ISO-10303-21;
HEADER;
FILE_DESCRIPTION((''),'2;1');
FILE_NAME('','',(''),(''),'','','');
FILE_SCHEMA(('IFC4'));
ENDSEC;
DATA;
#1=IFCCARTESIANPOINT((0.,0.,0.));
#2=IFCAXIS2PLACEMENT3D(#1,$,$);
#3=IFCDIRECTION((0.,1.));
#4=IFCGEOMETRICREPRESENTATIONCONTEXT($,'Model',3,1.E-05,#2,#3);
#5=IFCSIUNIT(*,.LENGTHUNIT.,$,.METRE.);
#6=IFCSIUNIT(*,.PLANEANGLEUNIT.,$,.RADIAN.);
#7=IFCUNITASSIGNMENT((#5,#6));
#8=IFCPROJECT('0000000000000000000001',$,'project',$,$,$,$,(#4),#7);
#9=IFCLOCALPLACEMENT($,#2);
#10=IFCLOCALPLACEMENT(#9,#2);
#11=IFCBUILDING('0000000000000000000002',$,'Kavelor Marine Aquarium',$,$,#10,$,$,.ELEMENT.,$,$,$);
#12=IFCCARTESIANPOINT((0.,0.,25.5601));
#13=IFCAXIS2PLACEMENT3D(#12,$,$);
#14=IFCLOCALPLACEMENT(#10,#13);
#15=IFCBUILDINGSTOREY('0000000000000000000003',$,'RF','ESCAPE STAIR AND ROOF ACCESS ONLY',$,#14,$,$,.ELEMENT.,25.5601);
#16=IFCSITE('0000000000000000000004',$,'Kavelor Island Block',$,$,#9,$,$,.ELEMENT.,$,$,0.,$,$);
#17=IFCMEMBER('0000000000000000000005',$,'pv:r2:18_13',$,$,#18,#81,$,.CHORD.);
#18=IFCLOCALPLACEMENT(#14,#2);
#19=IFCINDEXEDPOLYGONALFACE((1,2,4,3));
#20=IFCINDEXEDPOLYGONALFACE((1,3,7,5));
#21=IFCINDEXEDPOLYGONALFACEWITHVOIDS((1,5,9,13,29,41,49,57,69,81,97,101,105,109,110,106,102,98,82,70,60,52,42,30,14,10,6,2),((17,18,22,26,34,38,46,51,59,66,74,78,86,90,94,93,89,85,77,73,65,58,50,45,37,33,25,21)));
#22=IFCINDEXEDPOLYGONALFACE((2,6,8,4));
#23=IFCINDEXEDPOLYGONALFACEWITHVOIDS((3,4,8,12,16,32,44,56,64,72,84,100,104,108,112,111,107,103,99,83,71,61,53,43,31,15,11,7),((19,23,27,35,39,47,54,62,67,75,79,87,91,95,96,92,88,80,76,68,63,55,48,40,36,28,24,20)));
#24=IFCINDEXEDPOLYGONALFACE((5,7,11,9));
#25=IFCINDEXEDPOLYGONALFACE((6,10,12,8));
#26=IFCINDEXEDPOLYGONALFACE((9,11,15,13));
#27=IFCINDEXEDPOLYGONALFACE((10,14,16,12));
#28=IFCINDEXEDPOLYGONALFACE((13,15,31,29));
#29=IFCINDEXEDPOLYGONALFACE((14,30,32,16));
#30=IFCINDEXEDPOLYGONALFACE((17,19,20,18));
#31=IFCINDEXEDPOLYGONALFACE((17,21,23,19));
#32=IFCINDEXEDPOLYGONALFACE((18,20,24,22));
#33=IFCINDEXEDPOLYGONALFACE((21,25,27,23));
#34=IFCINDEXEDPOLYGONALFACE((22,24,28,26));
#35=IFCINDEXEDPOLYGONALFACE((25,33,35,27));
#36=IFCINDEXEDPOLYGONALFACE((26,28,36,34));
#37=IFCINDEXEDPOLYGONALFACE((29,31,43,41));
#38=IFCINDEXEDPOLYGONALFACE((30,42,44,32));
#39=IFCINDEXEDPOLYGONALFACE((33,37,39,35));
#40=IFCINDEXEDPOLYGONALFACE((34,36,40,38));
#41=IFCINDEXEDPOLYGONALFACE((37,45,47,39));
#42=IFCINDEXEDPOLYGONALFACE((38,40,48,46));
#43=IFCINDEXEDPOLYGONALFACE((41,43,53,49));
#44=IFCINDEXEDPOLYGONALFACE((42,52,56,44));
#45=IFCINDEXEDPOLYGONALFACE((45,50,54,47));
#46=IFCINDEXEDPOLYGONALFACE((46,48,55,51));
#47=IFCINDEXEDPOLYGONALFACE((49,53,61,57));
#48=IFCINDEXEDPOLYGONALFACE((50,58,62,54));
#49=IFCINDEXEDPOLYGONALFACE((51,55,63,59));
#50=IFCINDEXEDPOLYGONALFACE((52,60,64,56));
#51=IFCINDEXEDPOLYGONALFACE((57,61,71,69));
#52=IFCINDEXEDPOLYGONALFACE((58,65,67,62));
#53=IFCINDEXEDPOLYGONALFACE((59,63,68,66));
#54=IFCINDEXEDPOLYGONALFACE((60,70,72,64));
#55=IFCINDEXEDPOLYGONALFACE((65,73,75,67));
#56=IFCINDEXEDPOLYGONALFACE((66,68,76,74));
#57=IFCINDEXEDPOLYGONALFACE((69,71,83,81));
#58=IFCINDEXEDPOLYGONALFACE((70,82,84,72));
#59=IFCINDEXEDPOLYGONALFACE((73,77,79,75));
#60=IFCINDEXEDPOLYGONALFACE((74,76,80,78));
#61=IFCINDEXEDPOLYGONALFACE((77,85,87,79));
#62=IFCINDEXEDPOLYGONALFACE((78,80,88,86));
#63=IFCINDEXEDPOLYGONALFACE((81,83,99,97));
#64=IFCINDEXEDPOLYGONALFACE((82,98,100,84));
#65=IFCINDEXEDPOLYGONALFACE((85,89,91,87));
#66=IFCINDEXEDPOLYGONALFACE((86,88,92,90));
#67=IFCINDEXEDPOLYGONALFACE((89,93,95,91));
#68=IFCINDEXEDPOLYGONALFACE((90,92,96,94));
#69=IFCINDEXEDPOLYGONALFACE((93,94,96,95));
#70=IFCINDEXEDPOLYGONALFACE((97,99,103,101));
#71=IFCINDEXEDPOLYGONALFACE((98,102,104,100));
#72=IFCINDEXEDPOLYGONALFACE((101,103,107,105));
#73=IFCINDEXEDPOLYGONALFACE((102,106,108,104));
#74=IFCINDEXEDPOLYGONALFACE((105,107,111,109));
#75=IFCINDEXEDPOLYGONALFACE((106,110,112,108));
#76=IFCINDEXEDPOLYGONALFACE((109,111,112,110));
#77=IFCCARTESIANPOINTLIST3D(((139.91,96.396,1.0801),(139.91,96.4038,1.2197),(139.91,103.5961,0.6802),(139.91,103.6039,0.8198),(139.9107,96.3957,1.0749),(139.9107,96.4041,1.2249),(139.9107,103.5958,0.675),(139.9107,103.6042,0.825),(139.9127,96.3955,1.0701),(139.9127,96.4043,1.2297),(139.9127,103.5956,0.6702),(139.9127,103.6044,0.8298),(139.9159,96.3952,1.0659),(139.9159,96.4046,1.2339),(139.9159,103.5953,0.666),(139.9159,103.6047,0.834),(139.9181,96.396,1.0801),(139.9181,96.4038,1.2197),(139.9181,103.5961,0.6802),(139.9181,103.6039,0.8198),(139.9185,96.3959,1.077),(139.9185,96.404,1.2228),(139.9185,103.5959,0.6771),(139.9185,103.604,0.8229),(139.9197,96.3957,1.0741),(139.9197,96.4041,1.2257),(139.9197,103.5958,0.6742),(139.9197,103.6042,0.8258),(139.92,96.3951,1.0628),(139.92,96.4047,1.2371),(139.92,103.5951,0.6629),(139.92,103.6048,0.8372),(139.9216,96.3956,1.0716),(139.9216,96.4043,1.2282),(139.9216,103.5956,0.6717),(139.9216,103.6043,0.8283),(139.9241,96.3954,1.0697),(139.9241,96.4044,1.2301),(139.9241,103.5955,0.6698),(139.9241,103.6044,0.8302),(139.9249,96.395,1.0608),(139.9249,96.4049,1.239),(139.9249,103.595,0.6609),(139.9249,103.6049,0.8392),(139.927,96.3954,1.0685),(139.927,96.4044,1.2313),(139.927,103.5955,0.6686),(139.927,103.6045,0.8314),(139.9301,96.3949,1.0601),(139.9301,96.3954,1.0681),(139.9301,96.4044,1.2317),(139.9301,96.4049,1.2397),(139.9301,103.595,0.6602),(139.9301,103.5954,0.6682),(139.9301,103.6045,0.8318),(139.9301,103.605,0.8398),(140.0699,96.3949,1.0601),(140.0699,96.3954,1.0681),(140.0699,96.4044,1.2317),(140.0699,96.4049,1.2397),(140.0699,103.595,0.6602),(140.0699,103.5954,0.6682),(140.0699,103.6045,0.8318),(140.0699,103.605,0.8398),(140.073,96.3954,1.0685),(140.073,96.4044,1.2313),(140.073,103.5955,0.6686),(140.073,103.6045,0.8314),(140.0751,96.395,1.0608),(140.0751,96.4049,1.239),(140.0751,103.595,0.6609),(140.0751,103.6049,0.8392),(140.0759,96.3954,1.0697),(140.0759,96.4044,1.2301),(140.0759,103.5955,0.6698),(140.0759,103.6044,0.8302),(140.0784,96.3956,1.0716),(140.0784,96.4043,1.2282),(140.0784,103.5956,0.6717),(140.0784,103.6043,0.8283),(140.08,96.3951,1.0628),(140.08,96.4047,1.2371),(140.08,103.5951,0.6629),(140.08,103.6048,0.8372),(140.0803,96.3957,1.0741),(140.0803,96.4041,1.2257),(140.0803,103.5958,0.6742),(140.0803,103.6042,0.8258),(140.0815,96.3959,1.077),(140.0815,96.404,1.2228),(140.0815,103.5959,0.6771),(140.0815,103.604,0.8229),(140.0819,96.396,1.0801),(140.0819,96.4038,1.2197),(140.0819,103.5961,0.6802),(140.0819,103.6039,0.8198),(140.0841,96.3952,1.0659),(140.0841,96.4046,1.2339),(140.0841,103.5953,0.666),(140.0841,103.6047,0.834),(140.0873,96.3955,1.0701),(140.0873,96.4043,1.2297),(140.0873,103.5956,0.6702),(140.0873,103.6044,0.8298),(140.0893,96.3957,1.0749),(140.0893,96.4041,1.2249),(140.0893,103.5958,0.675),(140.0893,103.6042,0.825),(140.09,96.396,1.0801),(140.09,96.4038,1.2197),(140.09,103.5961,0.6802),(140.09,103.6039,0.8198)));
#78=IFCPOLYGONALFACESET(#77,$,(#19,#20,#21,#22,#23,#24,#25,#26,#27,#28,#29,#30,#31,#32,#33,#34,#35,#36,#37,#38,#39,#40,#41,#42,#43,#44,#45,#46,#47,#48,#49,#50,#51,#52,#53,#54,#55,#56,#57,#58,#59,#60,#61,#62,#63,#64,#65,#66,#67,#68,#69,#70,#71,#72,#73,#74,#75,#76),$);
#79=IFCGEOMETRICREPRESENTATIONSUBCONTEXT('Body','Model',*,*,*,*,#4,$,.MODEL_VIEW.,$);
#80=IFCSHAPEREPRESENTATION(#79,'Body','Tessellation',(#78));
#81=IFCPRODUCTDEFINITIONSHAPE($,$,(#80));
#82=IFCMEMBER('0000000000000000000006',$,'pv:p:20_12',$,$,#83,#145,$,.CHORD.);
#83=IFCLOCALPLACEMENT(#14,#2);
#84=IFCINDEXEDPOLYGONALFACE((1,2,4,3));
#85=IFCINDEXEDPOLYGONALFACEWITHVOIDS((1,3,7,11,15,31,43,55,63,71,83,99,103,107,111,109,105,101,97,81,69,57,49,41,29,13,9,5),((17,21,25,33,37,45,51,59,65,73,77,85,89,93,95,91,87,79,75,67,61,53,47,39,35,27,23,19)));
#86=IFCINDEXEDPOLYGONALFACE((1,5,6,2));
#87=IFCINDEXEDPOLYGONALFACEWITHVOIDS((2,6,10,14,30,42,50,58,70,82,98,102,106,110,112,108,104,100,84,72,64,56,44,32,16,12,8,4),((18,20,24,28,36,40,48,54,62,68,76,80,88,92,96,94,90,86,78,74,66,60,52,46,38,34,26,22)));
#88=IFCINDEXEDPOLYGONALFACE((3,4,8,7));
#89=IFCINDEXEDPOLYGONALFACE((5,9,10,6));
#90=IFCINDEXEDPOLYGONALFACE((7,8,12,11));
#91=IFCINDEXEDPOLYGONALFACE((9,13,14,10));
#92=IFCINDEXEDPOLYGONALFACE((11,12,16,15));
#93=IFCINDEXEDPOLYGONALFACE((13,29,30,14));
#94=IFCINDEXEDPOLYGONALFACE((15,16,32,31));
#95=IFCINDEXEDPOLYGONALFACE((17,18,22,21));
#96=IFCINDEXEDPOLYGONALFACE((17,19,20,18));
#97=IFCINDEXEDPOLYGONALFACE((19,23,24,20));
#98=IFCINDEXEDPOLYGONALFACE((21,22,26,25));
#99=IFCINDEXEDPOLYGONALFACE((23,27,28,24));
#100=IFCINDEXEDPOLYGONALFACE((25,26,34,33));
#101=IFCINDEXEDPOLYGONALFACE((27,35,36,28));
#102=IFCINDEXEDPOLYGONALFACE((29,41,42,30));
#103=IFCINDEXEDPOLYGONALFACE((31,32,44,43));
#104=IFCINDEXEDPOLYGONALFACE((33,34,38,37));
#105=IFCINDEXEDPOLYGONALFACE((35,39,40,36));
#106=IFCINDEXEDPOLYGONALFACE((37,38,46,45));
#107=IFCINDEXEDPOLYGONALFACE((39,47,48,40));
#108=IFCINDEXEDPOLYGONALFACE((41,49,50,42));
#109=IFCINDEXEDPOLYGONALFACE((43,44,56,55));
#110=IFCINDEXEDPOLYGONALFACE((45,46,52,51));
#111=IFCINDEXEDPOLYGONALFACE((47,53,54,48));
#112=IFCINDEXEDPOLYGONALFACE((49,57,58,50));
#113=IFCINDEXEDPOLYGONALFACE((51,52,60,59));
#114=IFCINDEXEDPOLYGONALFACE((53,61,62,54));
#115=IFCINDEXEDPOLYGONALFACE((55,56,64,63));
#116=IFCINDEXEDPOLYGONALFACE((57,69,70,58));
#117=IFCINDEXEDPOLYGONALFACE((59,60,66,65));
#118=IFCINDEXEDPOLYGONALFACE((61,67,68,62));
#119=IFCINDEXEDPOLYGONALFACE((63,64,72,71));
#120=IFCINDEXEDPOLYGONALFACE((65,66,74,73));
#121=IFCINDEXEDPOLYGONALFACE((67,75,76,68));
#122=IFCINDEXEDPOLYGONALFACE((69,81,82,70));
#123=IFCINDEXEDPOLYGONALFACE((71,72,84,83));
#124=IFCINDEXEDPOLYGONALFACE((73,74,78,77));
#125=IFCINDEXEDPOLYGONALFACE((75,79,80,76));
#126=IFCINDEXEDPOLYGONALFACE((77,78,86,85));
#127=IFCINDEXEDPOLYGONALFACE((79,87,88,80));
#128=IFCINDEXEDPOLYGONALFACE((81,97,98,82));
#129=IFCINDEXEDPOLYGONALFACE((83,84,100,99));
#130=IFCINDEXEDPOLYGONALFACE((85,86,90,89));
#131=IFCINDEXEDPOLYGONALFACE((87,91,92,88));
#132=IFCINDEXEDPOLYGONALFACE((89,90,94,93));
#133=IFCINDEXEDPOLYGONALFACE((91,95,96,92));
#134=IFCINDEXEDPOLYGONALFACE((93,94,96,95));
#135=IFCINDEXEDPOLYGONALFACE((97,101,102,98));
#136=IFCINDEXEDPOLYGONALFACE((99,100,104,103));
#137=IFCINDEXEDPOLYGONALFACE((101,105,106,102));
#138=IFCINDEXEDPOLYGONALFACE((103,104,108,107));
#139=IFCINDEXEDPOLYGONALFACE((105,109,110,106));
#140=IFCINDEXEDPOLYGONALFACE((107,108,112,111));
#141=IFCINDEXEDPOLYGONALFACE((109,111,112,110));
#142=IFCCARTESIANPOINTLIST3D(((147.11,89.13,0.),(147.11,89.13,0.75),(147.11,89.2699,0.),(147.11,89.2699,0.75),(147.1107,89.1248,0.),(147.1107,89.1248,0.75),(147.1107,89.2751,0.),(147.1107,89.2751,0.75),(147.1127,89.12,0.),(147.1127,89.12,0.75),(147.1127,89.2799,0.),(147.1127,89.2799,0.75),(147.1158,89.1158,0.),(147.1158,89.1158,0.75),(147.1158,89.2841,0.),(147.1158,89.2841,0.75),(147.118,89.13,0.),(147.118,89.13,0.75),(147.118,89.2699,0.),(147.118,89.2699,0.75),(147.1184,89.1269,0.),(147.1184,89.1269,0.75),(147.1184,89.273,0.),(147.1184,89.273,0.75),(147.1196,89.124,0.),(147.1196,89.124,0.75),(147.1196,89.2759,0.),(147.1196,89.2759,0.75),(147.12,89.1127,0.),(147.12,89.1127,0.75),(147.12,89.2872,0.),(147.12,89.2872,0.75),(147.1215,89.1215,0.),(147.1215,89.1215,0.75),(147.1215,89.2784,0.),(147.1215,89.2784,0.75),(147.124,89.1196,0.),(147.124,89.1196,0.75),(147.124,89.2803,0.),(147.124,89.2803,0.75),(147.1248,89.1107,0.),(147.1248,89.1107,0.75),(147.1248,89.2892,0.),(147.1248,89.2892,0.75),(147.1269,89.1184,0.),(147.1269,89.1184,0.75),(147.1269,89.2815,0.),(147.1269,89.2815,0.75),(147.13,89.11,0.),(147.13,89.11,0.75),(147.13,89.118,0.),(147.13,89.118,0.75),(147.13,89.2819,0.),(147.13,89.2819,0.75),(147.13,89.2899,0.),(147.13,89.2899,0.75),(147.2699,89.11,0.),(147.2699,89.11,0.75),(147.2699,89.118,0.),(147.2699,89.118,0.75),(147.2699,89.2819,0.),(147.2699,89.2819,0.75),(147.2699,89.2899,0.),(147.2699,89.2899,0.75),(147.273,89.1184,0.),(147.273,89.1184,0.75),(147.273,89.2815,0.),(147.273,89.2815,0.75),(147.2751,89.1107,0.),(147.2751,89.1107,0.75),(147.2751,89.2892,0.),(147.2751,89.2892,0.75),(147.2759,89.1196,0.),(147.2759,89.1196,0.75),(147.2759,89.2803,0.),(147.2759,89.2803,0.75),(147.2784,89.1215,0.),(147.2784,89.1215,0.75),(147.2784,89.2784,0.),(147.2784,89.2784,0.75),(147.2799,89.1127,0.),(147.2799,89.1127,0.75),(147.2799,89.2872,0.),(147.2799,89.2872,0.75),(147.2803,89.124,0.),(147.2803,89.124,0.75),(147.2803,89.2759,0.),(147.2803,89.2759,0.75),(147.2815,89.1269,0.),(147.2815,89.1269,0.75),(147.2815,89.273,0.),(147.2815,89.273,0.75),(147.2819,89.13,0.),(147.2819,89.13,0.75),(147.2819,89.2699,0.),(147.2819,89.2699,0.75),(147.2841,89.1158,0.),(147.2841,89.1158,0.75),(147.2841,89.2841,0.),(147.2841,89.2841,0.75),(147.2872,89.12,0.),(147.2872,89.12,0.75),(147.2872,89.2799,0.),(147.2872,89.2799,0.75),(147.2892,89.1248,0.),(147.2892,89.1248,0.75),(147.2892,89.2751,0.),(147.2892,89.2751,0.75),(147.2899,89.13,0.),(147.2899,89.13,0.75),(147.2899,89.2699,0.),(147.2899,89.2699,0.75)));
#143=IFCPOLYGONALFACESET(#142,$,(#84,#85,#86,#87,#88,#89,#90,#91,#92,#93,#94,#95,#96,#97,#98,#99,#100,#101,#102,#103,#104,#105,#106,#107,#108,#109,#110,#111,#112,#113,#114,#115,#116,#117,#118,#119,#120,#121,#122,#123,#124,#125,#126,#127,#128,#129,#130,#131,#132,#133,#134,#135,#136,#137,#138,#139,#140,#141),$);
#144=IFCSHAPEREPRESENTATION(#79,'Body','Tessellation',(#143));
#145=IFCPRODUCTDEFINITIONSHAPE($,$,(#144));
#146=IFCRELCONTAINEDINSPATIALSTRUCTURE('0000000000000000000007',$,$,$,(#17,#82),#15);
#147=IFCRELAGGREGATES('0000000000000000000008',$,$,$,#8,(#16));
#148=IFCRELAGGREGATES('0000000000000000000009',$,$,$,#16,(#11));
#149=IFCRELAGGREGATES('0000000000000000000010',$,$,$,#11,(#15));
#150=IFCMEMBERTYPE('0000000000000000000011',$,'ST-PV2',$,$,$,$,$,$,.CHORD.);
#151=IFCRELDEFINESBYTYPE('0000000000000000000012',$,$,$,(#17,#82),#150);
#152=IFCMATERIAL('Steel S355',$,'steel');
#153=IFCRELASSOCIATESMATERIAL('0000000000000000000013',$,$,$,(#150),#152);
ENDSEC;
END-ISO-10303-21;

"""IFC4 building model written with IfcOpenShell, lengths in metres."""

from ifc_helpers import new_model, si_unit, direction, frame, origin, origin_2d, place, context, subcontext, project, spatial, hollow_rectangle, extrude, material, material_profile, profile_set, type_object, element, save


model = new_model("IFC4")

# Units and contexts
model_context = context("Model", 3, precision=1e-05, world=origin(), true_north=direction((0.0, 1.0)))
body_context = subcontext(model_context, "Body", "Model", "MODEL_VIEW")
ifc_project = project(units=[si_unit("LENGTHUNIT", "METRE"), si_unit("PLANEANGLEUNIT", "RADIAN")], contexts=[model_context])

# Site, building, storey
site_placement = place(None, origin())
site = spatial("IfcSite", under=ifc_project, at=site_placement, Name="Kavelor Island Block", CompositionType="ELEMENT", RefElevation=0.0)
building_placement = place(site_placement, origin())
building = spatial("IfcBuilding", under=site, at=building_placement, Name="Kavelor Marine Aquarium", CompositionType="ELEMENT")
storey_placement = place(building_placement, frame((0.0, 0.0, 25.5601)))
storey = spatial("IfcBuildingStorey", under=building, at=storey_placement, Name="RF", Description="ESCAPE STAIR AND ROOF ACCESS ONLY", CompositionType="ELEMENT", Elevation=25.5601)

# Members
ifc_material_1 = material(Name="Steel S355", Category="steel")
ifc_material_profile_1 = material_profile(ifc_material_1, hollow_rectangle(XDim=0.1799, YDim=0.1799, WallThickness=0.0081, InnerFilletRadius=0.012, OuterFilletRadius=0.02, at=origin_2d()), Name="SHS 180x180x8.0")
ifc_profile_set_1 = profile_set([ifc_material_profile_1], Name="Steel S355")
member_type_1 = type_object("IfcMemberType", Name="ST-PV2", PredefinedType="CHORD", material=ifc_profile_set_1)
member_1_placement = place(storey_placement, frame((140.0, 96.3999, 1.1499), z_axis=(0.0, 0.998461, -0.055455), x_axis=(-1.0, 0.0, 0.0)))
element("IfcMember", 1, at=member_1_placement, inside=storey, type_object=member_type_1, Name="pv:r2:18_13", PredefinedType="CHORD", context=body_context, shape_type="SweptSolid", body=[
    extrude(hollow_rectangle(XDim=0.1799, YDim=0.1799, WallThickness=0.0081, InnerFilletRadius=0.012, OuterFilletRadius=0.02, at=origin_2d()), origin(), (0.0, 0.0, 1.0), 7.2112),
])
member_2_placement = place(storey_placement, frame((147.2, 89.2, 0.0), z_axis=(0.0, 0.0, 1.0), x_axis=(1.0, 0.0, 0.0)))
element("IfcMember", 2, at=member_2_placement, inside=storey, type_object=member_type_1, Name="pv:p:20_12", PredefinedType="CHORD", context=body_context, shape_type="SweptSolid", body=[
    extrude(hollow_rectangle(XDim=0.1799, YDim=0.1799, WallThickness=0.0081, InnerFilletRadius=0.012, OuterFilletRadius=0.02, at=origin_2d()), origin(), (0.0, 0.0, 1.0), 0.75),
])

save(model, "model.ifc")
